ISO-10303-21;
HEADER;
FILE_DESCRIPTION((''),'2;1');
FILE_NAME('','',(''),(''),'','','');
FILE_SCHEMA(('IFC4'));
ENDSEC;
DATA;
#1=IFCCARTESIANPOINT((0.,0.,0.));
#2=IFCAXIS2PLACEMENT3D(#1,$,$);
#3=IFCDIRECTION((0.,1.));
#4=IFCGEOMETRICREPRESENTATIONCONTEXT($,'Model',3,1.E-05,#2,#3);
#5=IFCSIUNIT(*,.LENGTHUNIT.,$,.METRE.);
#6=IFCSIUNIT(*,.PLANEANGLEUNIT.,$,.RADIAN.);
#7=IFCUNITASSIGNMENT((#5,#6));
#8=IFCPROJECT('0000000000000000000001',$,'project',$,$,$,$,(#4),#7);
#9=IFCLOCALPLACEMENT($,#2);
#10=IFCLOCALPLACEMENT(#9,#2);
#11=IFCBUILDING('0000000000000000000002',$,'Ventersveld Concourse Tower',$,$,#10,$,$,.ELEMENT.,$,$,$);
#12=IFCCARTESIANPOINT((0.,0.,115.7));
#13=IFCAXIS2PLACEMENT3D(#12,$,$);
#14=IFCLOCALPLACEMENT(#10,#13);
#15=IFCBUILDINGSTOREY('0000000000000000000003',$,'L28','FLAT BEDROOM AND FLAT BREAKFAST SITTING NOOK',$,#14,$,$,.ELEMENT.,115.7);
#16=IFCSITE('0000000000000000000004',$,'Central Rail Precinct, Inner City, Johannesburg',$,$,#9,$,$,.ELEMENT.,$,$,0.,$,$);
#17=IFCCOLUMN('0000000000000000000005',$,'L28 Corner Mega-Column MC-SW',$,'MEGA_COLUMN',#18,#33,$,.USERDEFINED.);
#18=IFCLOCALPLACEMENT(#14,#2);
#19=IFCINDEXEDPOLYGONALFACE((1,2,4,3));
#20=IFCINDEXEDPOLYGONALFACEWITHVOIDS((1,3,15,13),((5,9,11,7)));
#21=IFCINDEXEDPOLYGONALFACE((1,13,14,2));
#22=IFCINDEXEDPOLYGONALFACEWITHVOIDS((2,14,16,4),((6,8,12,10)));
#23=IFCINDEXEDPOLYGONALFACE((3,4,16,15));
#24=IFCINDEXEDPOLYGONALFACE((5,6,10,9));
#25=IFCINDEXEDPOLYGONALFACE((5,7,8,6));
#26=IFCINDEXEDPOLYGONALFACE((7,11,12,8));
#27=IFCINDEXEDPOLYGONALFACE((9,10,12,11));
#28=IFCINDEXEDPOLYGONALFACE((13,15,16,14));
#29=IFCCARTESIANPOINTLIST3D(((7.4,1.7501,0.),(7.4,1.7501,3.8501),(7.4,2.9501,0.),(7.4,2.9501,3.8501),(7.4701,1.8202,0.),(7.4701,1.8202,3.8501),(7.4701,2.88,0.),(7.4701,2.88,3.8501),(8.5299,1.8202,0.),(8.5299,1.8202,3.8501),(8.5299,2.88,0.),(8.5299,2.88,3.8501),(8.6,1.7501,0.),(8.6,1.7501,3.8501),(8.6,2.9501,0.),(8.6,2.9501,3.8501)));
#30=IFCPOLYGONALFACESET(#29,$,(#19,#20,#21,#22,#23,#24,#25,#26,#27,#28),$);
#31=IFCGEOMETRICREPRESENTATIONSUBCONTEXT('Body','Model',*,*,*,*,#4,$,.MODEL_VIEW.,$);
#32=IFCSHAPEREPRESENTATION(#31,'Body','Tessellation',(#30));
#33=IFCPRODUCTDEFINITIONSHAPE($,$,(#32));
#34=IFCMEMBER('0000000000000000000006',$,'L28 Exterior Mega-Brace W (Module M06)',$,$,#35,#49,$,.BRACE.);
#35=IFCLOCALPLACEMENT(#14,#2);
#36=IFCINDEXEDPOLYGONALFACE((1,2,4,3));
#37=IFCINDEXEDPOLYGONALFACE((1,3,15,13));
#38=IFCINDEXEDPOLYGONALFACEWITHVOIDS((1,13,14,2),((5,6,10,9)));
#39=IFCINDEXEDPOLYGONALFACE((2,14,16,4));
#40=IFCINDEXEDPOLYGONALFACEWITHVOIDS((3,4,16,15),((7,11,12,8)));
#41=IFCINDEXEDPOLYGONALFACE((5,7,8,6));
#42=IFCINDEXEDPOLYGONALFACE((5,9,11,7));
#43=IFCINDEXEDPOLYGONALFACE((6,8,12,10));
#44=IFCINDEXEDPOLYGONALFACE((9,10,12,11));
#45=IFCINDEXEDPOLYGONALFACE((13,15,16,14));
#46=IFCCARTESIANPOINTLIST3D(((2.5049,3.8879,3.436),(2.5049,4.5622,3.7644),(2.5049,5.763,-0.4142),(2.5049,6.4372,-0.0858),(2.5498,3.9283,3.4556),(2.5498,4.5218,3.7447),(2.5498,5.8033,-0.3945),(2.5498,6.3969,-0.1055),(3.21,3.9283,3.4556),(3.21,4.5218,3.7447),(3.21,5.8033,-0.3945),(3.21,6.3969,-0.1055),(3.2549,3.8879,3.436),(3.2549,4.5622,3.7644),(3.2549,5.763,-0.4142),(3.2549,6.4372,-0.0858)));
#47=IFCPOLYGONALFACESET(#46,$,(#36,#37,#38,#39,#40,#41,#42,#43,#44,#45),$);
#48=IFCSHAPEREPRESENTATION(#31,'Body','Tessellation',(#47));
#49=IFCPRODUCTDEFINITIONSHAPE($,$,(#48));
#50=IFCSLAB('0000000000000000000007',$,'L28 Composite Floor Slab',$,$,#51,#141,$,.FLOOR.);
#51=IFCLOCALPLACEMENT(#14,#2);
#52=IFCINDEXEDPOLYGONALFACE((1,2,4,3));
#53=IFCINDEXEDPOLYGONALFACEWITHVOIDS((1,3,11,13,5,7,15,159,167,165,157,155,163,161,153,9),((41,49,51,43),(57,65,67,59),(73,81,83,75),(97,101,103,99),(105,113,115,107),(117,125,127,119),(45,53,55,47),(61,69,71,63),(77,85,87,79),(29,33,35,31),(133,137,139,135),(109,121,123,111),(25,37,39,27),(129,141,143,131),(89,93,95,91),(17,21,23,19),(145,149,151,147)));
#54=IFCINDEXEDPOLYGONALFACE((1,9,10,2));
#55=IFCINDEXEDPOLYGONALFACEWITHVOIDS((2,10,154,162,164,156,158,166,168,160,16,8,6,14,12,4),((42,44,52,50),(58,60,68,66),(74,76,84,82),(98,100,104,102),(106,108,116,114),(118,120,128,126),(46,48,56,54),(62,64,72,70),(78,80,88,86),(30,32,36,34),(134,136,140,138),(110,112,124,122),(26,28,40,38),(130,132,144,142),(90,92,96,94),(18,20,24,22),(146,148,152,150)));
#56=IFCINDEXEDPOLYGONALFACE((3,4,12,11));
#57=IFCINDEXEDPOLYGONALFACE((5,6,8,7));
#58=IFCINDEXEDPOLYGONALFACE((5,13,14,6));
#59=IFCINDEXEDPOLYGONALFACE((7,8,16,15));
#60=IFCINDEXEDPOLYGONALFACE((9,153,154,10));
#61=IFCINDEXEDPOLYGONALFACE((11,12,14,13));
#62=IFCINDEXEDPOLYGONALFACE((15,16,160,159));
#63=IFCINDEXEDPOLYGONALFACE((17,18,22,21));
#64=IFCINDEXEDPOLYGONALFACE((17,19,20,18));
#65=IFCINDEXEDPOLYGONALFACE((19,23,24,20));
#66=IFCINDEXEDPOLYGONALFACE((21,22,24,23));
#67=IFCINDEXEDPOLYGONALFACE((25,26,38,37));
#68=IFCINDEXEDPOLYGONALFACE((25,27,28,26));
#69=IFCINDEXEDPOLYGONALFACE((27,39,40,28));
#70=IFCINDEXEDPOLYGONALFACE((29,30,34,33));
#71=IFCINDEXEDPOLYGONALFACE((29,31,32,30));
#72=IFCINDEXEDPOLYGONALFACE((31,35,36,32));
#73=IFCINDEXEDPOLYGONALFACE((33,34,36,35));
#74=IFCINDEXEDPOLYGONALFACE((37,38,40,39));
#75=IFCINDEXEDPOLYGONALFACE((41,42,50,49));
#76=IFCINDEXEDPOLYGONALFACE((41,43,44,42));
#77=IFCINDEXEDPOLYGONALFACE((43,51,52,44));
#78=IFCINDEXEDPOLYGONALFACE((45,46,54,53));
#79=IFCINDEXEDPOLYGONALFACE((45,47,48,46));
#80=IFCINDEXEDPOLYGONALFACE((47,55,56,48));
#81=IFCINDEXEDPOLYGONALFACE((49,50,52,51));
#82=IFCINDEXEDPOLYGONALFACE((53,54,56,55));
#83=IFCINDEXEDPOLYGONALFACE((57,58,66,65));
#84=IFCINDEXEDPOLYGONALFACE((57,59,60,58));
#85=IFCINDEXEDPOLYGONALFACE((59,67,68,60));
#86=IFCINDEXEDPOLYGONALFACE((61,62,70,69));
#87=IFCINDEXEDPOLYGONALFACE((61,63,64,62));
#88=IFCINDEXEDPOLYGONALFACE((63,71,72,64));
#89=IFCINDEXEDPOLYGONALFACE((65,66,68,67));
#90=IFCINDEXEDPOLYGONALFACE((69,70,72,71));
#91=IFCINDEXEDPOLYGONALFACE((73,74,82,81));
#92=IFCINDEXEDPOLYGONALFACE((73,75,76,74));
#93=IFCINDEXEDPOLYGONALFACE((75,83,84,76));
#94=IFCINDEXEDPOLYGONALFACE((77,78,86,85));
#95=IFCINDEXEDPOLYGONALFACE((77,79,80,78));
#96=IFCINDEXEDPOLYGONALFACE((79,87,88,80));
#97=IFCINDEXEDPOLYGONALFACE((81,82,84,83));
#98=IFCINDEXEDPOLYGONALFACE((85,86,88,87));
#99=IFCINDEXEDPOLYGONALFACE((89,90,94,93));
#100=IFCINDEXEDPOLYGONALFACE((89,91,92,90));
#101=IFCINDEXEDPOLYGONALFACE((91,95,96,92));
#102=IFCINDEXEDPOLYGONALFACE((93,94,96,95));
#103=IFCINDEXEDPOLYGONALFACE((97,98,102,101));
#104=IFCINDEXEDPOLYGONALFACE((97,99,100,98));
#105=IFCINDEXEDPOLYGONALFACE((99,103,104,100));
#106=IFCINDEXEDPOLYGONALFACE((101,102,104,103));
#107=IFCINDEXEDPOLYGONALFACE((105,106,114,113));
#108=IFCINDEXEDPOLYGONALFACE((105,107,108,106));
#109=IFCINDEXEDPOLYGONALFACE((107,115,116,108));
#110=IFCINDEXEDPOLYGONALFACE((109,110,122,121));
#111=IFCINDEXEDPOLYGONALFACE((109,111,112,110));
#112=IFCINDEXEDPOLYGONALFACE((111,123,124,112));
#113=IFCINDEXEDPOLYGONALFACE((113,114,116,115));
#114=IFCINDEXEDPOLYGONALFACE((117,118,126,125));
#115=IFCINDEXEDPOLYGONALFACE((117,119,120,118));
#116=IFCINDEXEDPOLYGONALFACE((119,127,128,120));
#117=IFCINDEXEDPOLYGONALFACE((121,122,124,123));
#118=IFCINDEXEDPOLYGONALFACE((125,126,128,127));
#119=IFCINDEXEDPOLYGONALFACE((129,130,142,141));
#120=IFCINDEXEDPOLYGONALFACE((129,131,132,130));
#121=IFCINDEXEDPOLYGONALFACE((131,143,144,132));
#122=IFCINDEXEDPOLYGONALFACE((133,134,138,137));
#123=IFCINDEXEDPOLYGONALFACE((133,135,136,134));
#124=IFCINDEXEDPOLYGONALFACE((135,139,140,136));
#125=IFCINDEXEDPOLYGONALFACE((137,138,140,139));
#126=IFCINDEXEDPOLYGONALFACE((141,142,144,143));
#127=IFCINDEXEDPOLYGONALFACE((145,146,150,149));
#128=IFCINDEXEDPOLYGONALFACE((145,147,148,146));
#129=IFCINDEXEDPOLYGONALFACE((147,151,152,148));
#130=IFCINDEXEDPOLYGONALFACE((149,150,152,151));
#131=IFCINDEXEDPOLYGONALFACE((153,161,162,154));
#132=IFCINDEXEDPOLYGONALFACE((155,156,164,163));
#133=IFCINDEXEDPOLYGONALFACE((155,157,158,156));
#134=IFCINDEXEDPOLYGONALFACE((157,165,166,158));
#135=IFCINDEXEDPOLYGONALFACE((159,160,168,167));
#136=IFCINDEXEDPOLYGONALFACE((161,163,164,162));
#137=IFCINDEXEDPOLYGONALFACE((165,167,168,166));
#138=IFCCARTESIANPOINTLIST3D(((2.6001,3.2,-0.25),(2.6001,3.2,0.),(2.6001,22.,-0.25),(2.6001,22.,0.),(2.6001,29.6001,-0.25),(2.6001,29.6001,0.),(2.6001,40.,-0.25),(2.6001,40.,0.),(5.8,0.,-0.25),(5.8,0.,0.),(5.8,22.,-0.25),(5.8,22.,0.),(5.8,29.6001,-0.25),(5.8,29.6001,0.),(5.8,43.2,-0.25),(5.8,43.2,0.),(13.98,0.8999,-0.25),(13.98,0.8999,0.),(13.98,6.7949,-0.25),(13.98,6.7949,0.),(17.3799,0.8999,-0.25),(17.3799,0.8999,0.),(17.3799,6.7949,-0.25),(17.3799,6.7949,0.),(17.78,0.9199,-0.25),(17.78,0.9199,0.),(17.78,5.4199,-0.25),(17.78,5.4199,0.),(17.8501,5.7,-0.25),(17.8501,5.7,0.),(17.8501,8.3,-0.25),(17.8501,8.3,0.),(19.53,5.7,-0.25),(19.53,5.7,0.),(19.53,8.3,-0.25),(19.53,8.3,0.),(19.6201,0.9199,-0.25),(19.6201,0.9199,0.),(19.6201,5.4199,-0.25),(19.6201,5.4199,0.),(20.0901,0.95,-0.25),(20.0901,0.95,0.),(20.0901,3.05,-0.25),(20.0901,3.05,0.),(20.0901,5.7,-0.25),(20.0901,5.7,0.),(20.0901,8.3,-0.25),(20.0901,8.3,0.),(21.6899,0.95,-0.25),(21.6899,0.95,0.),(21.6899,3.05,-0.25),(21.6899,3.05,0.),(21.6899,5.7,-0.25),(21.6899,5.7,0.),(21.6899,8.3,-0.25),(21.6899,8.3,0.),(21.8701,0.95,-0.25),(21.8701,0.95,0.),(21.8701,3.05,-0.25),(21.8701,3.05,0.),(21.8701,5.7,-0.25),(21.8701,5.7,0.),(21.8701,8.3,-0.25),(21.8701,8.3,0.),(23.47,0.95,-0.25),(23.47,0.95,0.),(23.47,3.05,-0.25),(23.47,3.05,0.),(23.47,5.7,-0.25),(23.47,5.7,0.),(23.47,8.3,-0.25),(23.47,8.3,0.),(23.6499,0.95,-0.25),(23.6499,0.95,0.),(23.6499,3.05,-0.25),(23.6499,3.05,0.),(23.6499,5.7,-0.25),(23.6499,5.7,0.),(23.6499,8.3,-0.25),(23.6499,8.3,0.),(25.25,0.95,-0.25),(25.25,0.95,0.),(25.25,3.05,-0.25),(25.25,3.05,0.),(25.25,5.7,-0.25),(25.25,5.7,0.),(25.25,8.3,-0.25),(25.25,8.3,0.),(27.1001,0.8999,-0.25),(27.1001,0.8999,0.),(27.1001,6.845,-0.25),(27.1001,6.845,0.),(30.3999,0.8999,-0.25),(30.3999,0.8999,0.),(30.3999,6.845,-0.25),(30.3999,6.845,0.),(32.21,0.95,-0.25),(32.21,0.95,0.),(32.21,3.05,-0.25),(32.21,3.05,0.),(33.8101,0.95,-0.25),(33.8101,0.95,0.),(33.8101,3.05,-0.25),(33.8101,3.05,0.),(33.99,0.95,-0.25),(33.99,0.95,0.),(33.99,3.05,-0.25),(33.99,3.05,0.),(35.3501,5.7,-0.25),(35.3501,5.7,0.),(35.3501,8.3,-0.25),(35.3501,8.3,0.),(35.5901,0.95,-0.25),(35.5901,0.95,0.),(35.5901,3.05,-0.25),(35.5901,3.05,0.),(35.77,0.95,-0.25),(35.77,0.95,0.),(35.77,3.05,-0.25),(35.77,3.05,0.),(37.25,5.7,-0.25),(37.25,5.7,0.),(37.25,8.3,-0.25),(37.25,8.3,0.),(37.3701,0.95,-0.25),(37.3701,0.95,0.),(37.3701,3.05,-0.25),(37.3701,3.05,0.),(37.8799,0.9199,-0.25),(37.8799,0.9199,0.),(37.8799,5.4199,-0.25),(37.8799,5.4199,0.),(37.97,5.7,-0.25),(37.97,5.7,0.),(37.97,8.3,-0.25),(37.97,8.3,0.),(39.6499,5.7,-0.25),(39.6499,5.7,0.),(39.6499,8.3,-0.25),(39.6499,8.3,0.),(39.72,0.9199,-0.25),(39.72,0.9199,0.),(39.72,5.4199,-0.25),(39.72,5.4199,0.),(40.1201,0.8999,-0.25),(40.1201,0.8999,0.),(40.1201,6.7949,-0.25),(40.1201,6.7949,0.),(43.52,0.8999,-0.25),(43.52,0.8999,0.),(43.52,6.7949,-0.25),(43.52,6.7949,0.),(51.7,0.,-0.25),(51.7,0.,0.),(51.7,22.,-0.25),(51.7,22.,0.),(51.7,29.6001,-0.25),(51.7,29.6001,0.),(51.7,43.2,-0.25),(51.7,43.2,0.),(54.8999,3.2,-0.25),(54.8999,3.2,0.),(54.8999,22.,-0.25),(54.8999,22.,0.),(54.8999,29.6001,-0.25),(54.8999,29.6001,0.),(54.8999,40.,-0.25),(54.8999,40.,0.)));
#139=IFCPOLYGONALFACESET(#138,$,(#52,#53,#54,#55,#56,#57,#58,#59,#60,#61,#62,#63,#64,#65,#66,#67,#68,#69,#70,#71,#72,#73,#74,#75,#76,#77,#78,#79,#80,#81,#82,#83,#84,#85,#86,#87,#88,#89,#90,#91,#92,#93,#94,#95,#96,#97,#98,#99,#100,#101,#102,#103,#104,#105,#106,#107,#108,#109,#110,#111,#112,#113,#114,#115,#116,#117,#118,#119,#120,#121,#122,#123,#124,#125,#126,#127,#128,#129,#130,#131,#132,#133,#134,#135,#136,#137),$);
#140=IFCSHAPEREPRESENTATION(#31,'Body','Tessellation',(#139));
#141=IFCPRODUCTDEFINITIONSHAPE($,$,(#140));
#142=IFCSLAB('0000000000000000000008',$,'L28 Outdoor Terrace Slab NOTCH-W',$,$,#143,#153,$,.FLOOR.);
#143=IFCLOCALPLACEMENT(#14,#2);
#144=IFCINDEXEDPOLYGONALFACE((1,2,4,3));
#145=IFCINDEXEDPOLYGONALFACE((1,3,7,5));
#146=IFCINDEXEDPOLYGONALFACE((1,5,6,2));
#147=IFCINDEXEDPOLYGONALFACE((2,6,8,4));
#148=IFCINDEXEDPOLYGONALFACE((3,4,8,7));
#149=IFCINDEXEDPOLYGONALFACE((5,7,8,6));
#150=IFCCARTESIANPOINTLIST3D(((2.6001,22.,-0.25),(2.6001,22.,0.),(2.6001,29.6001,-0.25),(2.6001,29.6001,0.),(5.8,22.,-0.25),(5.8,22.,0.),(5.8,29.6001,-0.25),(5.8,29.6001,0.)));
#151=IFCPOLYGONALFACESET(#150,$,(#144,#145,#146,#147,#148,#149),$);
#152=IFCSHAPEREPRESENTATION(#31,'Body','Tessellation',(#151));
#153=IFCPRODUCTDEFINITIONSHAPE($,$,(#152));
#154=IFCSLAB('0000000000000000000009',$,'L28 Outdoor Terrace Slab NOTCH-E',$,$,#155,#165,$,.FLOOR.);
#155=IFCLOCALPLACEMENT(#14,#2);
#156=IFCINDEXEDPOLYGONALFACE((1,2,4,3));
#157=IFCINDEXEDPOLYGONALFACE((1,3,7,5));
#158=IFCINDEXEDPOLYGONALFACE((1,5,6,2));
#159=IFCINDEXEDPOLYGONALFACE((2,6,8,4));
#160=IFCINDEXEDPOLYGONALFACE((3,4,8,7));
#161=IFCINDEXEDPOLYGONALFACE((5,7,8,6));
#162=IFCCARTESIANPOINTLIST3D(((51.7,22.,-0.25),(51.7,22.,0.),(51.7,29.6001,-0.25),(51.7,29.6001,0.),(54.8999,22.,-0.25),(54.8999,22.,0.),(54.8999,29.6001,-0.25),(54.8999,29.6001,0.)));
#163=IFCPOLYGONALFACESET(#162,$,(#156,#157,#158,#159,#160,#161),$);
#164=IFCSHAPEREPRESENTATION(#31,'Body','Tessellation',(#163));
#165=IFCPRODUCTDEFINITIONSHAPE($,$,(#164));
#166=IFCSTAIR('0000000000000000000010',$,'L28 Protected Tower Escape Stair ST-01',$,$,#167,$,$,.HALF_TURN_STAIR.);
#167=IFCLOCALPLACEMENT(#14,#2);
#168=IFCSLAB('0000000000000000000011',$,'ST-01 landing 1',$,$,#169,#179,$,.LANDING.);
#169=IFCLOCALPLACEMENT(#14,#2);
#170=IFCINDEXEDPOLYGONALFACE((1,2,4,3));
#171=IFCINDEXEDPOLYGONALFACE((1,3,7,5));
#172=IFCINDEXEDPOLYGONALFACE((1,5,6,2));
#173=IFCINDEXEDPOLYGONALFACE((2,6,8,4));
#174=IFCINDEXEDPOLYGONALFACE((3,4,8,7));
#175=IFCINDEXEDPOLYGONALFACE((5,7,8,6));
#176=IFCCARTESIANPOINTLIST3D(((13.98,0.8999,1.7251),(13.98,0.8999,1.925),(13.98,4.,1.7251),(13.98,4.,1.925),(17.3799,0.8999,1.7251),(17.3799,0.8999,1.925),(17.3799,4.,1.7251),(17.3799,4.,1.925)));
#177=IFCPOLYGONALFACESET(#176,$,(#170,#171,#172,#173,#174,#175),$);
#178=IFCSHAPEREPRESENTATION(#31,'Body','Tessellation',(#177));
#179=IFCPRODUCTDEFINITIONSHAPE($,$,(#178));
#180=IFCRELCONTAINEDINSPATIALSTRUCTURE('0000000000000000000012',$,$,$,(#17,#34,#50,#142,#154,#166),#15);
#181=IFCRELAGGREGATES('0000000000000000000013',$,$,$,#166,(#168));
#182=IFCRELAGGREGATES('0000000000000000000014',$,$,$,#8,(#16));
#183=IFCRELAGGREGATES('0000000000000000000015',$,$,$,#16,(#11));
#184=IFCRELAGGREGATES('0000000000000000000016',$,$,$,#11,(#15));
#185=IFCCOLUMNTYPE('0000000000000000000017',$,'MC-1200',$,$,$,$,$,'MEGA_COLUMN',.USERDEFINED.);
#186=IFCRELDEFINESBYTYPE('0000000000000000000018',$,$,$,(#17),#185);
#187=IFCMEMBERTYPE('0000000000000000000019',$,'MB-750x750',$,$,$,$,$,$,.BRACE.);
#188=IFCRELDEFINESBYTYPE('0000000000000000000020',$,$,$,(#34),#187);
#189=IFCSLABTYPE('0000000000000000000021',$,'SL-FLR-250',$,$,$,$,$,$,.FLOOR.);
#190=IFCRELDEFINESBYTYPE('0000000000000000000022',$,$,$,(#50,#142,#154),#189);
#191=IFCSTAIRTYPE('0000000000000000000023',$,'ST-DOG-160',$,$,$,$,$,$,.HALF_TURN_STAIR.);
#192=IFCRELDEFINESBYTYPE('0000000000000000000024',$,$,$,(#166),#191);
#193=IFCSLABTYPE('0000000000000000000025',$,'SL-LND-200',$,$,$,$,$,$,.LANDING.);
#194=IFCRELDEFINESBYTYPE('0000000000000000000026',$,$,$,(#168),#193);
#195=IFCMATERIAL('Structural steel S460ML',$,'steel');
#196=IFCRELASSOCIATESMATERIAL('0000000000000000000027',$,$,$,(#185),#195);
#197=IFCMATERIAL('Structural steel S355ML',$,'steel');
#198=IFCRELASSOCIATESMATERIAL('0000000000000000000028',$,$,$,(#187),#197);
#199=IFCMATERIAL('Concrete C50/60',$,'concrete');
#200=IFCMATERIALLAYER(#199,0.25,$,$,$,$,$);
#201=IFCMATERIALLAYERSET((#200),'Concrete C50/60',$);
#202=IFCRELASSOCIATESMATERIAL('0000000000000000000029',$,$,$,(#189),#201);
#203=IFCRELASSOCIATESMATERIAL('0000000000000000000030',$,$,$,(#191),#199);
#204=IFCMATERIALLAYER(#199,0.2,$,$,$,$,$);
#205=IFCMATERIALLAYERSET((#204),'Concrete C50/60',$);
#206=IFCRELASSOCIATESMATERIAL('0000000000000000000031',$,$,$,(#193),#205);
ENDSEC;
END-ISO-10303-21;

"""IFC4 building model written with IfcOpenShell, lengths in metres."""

from ifc_helpers import new_model, si_unit, direction, frame, origin, origin_2d, place, context, subcontext, project, spatial, polyline, hollow_rectangle, outline, extrude, material, layer, layer_set, material_profile, profile_set, type_object, element, aggregate, save


model = new_model("IFC4")

# Units and contexts
model_context = context("Model", 3, precision=1e-05, world=origin(), true_north=direction((0.0, 1.0)))
body_context = subcontext(model_context, "Body", "Model", "MODEL_VIEW")
ifc_project = project(units=[si_unit("LENGTHUNIT", "METRE"), si_unit("PLANEANGLEUNIT", "RADIAN")], contexts=[model_context])

# Site, building, storey
site_placement = place(None, origin())
site = spatial("IfcSite", under=ifc_project, at=site_placement, Name="Central Rail Precinct, Inner City, Johannesburg", CompositionType="ELEMENT", RefElevation=0.0)
building_placement = place(site_placement, origin())
building = spatial("IfcBuilding", under=site, at=building_placement, Name="Ventersveld Concourse Tower", CompositionType="ELEMENT")
storey_placement = place(building_placement, frame((0.0, 0.0, 115.7)))
storey = spatial("IfcBuildingStorey", under=building, at=storey_placement, Name="L28", Description="FLAT BEDROOM AND FLAT BREAKFAST SITTING NOOK", CompositionType="ELEMENT", Elevation=115.7)

# Column
ifc_material_1 = material(Name="Structural steel S460ML", Category="steel")
ifc_material_profile_1 = material_profile(ifc_material_1, hollow_rectangle(XDim=1.2, YDim=1.2, WallThickness=0.0701, at=origin_2d()), Name="BOX 1200x1200x70")
ifc_profile_set_1 = profile_set([ifc_material_profile_1], Name="Structural steel S460ML")
column_type = type_object("IfcColumnType", Name="MC-1200", ElementType="MEGA_COLUMN", PredefinedType="USERDEFINED", material=ifc_profile_set_1)
column_placement = place(storey_placement, frame((8.0, 2.3501, 0.0), z_axis=(0.0, 0.0, 1.0), x_axis=(1.0, 0.0, 0.0)))
element("IfcColumn", 1, at=column_placement, inside=storey, type_object=column_type, Name="L28 Corner Mega-Column MC-SW", ObjectType="MEGA_COLUMN", PredefinedType="USERDEFINED", context=body_context, shape_type="SweptSolid", body=[
    extrude(hollow_rectangle(XDim=1.2, YDim=1.2, WallThickness=0.0701, at=origin_2d()), origin(), (0.0, 0.0, 1.0), 3.8501),
])

# Member
ifc_material_2 = material(Name="Structural steel S355ML", Category="steel")
ifc_material_profile_2 = material_profile(ifc_material_2, hollow_rectangle(XDim=0.75, YDim=0.75, WallThickness=0.0449, at=origin_2d()), Name="BOX 750x750x45")
ifc_profile_set_2 = profile_set([ifc_material_profile_2], Name="Structural steel S355ML")
member_type = type_object("IfcMemberType", Name="MB-750x750", PredefinedType="BRACE", material=ifc_profile_set_2)
member_placement = place(storey_placement, frame((2.8799, 6.1001, -0.25), z_axis=(0.0, -0.437839, 0.899053), x_axis=(1.0, 0.0, 0.0)))
element("IfcMember", 2, at=member_placement, inside=storey, type_object=member_type, Name="L28 Exterior Mega-Brace W (Module M06)", PredefinedType="BRACE", context=body_context, shape_type="SweptSolid", body=[
    extrude(hollow_rectangle(XDim=0.75, YDim=0.75, WallThickness=0.0449, at=origin_2d()), origin(), (0.0, 0.0, 1.0), 4.2825),
])

# Slabs
ifc_material_3 = material(Name="Concrete C50/60", Category="concrete")
ifc_layer_1 = layer(ifc_material_3, 0.25)
ifc_layer_set_1 = layer_set([ifc_layer_1], Name="Concrete C50/60")
slab_type_1 = type_object("IfcSlabType", Name="SL-FLR-250", PredefinedType="FLOOR", material=ifc_layer_set_1)
slab_1_placement = place(storey_placement, frame((0.0, 0.0, -0.25)))
element("IfcSlab", 3, at=slab_1_placement, inside=storey, type_object=slab_type_1, Name="L28 Composite Floor Slab", PredefinedType="FLOOR", context=body_context, shape_type="SweptSolid", body=[
    extrude(outline(polyline([(5.8, 0.0), (51.7, 0.0), (54.8999, 3.2), (54.8999, 22.0), (51.7, 22.0), (51.7, 29.6001), (54.8999, 29.6001), (54.8999, 40.0), (51.7, 43.2), (5.8, 43.2), (2.6001, 40.0), (2.6001, 29.6001), (5.8, 29.6001), (5.8, 22.0), (2.6001, 22.0), (2.6001, 3.2), (5.8, 0.0)]), holes=[polyline([(13.98, 6.7949), (13.98, 0.8999), (17.3799, 0.8999), (17.3799, 6.7949), (13.98, 6.7949)]), polyline([(40.1201, 6.7949), (40.1201, 0.8999), (43.52, 0.8999), (43.52, 6.7949), (40.1201, 6.7949)]), polyline([(27.1001, 6.845), (27.1001, 0.8999), (30.3999, 0.8999), (30.3999, 6.845), (27.1001, 6.845)]), polyline([(17.8501, 5.7), (19.53, 5.7), (19.53, 8.3), (17.8501, 8.3), (17.8501, 5.7)]), polyline([(37.97, 5.7), (39.6499, 5.7), (39.6499, 8.3), (37.97, 8.3), (37.97, 5.7)]), polyline([(35.3501, 5.7), (37.25, 5.7), (37.25, 8.3), (35.3501, 8.3), (35.3501, 5.7)]), polyline([(20.0901, 0.95), (21.6899, 0.95), (21.6899, 3.05), (20.0901, 3.05), (20.0901, 0.95)]), polyline([(21.8701, 0.95), (23.47, 0.95), (23.47, 3.05), (21.8701, 3.05), (21.8701, 0.95)]), polyline([(23.6499, 0.95), (25.25, 0.95), (25.25, 3.05), (23.6499, 3.05), (23.6499, 0.95)]), polyline([(32.21, 0.95), (33.8101, 0.95), (33.8101, 3.05), (32.21, 3.05), (32.21, 0.95)]), polyline([(33.99, 0.95), (35.5901, 0.95), (35.5901, 3.05), (33.99, 3.05), (33.99, 0.95)]), polyline([(35.77, 0.95), (37.3701, 0.95), (37.3701, 3.05), (35.77, 3.05), (35.77, 0.95)]), polyline([(20.0901, 5.7), (21.6899, 5.7), (21.6899, 8.3), (20.0901, 8.3), (20.0901, 5.7)]), polyline([(21.8701, 5.7), (23.47, 5.7), (23.47, 8.3), (21.8701, 8.3), (21.8701, 5.7)]), polyline([(23.6499, 5.7), (25.25, 5.7), (25.25, 8.3), (23.6499, 8.3), (23.6499, 5.7)]), polyline([(17.78, 0.9199), (19.6201, 0.9199), (19.6201, 5.4199), (17.78, 5.4199), (17.78, 0.9199)]), polyline([(37.8799, 0.9199), (39.72, 0.9199), (39.72, 5.4199), (37.8799, 5.4199), (37.8799, 0.9199)])]), origin(), (0.0, 0.0, 1.0), 0.25),
])
slab_2_placement = place(storey_placement, frame((0.0, 0.0, -0.25)))
element("IfcSlab", 4, at=slab_2_placement, inside=storey, type_object=slab_type_1, Name="L28 Outdoor Terrace Slab NOTCH-W", PredefinedType="FLOOR", context=body_context, shape_type="SweptSolid", body=[
    extrude(outline(polyline([(2.6001, 22.0), (5.8, 22.0), (5.8, 29.6001), (2.6001, 29.6001), (2.6001, 22.0)])), origin(), (0.0, 0.0, 1.0), 0.25),
])
slab_3_placement = place(storey_placement, frame((0.0, 0.0, -0.25)))
element("IfcSlab", 5, at=slab_3_placement, inside=storey, type_object=slab_type_1, Name="L28 Outdoor Terrace Slab NOTCH-E", PredefinedType="FLOOR", context=body_context, shape_type="SweptSolid", body=[
    extrude(outline(polyline([(51.7, 22.0), (54.8999, 22.0), (54.8999, 29.6001), (51.7, 29.6001), (51.7, 22.0)])), origin(), (0.0, 0.0, 1.0), 0.25),
])

# Stair, slab
stair_type_1 = type_object("IfcStairType", Name="ST-DOG-160", PredefinedType="HALF_TURN_STAIR", material=ifc_material_3)
stair_1_placement = place(storey_placement, origin())
stair_1 = element("IfcStair", 6, at=stair_1_placement, inside=storey, type_object=stair_type_1, Name="L28 Protected Tower Escape Stair ST-01", PredefinedType="HALF_TURN_STAIR")
ifc_layer_2 = layer(ifc_material_3, 0.2)
ifc_layer_set_2 = layer_set([ifc_layer_2], Name="Concrete C50/60")
slab_type_2 = type_object("IfcSlabType", Name="SL-LND-200", PredefinedType="LANDING", material=ifc_layer_set_2)
slab_4_placement = place(storey_placement, frame((0.0, 0.0, 1.7251)))
slab_4 = element("IfcSlab", 7, at=slab_4_placement, type_object=slab_type_2, Name="ST-01 landing 1", PredefinedType="LANDING", context=body_context, shape_type="SweptSolid", body=[
    extrude(outline(polyline([(13.98, 4.0), (13.98, 0.8999), (17.3799, 0.8999), (17.3799, 4.0), (13.98, 4.0)])), origin(), (0.0, 0.0, 1.0), 0.2),
])
aggregate(stair_1, [slab_4])

save(model, "model.ifc")
